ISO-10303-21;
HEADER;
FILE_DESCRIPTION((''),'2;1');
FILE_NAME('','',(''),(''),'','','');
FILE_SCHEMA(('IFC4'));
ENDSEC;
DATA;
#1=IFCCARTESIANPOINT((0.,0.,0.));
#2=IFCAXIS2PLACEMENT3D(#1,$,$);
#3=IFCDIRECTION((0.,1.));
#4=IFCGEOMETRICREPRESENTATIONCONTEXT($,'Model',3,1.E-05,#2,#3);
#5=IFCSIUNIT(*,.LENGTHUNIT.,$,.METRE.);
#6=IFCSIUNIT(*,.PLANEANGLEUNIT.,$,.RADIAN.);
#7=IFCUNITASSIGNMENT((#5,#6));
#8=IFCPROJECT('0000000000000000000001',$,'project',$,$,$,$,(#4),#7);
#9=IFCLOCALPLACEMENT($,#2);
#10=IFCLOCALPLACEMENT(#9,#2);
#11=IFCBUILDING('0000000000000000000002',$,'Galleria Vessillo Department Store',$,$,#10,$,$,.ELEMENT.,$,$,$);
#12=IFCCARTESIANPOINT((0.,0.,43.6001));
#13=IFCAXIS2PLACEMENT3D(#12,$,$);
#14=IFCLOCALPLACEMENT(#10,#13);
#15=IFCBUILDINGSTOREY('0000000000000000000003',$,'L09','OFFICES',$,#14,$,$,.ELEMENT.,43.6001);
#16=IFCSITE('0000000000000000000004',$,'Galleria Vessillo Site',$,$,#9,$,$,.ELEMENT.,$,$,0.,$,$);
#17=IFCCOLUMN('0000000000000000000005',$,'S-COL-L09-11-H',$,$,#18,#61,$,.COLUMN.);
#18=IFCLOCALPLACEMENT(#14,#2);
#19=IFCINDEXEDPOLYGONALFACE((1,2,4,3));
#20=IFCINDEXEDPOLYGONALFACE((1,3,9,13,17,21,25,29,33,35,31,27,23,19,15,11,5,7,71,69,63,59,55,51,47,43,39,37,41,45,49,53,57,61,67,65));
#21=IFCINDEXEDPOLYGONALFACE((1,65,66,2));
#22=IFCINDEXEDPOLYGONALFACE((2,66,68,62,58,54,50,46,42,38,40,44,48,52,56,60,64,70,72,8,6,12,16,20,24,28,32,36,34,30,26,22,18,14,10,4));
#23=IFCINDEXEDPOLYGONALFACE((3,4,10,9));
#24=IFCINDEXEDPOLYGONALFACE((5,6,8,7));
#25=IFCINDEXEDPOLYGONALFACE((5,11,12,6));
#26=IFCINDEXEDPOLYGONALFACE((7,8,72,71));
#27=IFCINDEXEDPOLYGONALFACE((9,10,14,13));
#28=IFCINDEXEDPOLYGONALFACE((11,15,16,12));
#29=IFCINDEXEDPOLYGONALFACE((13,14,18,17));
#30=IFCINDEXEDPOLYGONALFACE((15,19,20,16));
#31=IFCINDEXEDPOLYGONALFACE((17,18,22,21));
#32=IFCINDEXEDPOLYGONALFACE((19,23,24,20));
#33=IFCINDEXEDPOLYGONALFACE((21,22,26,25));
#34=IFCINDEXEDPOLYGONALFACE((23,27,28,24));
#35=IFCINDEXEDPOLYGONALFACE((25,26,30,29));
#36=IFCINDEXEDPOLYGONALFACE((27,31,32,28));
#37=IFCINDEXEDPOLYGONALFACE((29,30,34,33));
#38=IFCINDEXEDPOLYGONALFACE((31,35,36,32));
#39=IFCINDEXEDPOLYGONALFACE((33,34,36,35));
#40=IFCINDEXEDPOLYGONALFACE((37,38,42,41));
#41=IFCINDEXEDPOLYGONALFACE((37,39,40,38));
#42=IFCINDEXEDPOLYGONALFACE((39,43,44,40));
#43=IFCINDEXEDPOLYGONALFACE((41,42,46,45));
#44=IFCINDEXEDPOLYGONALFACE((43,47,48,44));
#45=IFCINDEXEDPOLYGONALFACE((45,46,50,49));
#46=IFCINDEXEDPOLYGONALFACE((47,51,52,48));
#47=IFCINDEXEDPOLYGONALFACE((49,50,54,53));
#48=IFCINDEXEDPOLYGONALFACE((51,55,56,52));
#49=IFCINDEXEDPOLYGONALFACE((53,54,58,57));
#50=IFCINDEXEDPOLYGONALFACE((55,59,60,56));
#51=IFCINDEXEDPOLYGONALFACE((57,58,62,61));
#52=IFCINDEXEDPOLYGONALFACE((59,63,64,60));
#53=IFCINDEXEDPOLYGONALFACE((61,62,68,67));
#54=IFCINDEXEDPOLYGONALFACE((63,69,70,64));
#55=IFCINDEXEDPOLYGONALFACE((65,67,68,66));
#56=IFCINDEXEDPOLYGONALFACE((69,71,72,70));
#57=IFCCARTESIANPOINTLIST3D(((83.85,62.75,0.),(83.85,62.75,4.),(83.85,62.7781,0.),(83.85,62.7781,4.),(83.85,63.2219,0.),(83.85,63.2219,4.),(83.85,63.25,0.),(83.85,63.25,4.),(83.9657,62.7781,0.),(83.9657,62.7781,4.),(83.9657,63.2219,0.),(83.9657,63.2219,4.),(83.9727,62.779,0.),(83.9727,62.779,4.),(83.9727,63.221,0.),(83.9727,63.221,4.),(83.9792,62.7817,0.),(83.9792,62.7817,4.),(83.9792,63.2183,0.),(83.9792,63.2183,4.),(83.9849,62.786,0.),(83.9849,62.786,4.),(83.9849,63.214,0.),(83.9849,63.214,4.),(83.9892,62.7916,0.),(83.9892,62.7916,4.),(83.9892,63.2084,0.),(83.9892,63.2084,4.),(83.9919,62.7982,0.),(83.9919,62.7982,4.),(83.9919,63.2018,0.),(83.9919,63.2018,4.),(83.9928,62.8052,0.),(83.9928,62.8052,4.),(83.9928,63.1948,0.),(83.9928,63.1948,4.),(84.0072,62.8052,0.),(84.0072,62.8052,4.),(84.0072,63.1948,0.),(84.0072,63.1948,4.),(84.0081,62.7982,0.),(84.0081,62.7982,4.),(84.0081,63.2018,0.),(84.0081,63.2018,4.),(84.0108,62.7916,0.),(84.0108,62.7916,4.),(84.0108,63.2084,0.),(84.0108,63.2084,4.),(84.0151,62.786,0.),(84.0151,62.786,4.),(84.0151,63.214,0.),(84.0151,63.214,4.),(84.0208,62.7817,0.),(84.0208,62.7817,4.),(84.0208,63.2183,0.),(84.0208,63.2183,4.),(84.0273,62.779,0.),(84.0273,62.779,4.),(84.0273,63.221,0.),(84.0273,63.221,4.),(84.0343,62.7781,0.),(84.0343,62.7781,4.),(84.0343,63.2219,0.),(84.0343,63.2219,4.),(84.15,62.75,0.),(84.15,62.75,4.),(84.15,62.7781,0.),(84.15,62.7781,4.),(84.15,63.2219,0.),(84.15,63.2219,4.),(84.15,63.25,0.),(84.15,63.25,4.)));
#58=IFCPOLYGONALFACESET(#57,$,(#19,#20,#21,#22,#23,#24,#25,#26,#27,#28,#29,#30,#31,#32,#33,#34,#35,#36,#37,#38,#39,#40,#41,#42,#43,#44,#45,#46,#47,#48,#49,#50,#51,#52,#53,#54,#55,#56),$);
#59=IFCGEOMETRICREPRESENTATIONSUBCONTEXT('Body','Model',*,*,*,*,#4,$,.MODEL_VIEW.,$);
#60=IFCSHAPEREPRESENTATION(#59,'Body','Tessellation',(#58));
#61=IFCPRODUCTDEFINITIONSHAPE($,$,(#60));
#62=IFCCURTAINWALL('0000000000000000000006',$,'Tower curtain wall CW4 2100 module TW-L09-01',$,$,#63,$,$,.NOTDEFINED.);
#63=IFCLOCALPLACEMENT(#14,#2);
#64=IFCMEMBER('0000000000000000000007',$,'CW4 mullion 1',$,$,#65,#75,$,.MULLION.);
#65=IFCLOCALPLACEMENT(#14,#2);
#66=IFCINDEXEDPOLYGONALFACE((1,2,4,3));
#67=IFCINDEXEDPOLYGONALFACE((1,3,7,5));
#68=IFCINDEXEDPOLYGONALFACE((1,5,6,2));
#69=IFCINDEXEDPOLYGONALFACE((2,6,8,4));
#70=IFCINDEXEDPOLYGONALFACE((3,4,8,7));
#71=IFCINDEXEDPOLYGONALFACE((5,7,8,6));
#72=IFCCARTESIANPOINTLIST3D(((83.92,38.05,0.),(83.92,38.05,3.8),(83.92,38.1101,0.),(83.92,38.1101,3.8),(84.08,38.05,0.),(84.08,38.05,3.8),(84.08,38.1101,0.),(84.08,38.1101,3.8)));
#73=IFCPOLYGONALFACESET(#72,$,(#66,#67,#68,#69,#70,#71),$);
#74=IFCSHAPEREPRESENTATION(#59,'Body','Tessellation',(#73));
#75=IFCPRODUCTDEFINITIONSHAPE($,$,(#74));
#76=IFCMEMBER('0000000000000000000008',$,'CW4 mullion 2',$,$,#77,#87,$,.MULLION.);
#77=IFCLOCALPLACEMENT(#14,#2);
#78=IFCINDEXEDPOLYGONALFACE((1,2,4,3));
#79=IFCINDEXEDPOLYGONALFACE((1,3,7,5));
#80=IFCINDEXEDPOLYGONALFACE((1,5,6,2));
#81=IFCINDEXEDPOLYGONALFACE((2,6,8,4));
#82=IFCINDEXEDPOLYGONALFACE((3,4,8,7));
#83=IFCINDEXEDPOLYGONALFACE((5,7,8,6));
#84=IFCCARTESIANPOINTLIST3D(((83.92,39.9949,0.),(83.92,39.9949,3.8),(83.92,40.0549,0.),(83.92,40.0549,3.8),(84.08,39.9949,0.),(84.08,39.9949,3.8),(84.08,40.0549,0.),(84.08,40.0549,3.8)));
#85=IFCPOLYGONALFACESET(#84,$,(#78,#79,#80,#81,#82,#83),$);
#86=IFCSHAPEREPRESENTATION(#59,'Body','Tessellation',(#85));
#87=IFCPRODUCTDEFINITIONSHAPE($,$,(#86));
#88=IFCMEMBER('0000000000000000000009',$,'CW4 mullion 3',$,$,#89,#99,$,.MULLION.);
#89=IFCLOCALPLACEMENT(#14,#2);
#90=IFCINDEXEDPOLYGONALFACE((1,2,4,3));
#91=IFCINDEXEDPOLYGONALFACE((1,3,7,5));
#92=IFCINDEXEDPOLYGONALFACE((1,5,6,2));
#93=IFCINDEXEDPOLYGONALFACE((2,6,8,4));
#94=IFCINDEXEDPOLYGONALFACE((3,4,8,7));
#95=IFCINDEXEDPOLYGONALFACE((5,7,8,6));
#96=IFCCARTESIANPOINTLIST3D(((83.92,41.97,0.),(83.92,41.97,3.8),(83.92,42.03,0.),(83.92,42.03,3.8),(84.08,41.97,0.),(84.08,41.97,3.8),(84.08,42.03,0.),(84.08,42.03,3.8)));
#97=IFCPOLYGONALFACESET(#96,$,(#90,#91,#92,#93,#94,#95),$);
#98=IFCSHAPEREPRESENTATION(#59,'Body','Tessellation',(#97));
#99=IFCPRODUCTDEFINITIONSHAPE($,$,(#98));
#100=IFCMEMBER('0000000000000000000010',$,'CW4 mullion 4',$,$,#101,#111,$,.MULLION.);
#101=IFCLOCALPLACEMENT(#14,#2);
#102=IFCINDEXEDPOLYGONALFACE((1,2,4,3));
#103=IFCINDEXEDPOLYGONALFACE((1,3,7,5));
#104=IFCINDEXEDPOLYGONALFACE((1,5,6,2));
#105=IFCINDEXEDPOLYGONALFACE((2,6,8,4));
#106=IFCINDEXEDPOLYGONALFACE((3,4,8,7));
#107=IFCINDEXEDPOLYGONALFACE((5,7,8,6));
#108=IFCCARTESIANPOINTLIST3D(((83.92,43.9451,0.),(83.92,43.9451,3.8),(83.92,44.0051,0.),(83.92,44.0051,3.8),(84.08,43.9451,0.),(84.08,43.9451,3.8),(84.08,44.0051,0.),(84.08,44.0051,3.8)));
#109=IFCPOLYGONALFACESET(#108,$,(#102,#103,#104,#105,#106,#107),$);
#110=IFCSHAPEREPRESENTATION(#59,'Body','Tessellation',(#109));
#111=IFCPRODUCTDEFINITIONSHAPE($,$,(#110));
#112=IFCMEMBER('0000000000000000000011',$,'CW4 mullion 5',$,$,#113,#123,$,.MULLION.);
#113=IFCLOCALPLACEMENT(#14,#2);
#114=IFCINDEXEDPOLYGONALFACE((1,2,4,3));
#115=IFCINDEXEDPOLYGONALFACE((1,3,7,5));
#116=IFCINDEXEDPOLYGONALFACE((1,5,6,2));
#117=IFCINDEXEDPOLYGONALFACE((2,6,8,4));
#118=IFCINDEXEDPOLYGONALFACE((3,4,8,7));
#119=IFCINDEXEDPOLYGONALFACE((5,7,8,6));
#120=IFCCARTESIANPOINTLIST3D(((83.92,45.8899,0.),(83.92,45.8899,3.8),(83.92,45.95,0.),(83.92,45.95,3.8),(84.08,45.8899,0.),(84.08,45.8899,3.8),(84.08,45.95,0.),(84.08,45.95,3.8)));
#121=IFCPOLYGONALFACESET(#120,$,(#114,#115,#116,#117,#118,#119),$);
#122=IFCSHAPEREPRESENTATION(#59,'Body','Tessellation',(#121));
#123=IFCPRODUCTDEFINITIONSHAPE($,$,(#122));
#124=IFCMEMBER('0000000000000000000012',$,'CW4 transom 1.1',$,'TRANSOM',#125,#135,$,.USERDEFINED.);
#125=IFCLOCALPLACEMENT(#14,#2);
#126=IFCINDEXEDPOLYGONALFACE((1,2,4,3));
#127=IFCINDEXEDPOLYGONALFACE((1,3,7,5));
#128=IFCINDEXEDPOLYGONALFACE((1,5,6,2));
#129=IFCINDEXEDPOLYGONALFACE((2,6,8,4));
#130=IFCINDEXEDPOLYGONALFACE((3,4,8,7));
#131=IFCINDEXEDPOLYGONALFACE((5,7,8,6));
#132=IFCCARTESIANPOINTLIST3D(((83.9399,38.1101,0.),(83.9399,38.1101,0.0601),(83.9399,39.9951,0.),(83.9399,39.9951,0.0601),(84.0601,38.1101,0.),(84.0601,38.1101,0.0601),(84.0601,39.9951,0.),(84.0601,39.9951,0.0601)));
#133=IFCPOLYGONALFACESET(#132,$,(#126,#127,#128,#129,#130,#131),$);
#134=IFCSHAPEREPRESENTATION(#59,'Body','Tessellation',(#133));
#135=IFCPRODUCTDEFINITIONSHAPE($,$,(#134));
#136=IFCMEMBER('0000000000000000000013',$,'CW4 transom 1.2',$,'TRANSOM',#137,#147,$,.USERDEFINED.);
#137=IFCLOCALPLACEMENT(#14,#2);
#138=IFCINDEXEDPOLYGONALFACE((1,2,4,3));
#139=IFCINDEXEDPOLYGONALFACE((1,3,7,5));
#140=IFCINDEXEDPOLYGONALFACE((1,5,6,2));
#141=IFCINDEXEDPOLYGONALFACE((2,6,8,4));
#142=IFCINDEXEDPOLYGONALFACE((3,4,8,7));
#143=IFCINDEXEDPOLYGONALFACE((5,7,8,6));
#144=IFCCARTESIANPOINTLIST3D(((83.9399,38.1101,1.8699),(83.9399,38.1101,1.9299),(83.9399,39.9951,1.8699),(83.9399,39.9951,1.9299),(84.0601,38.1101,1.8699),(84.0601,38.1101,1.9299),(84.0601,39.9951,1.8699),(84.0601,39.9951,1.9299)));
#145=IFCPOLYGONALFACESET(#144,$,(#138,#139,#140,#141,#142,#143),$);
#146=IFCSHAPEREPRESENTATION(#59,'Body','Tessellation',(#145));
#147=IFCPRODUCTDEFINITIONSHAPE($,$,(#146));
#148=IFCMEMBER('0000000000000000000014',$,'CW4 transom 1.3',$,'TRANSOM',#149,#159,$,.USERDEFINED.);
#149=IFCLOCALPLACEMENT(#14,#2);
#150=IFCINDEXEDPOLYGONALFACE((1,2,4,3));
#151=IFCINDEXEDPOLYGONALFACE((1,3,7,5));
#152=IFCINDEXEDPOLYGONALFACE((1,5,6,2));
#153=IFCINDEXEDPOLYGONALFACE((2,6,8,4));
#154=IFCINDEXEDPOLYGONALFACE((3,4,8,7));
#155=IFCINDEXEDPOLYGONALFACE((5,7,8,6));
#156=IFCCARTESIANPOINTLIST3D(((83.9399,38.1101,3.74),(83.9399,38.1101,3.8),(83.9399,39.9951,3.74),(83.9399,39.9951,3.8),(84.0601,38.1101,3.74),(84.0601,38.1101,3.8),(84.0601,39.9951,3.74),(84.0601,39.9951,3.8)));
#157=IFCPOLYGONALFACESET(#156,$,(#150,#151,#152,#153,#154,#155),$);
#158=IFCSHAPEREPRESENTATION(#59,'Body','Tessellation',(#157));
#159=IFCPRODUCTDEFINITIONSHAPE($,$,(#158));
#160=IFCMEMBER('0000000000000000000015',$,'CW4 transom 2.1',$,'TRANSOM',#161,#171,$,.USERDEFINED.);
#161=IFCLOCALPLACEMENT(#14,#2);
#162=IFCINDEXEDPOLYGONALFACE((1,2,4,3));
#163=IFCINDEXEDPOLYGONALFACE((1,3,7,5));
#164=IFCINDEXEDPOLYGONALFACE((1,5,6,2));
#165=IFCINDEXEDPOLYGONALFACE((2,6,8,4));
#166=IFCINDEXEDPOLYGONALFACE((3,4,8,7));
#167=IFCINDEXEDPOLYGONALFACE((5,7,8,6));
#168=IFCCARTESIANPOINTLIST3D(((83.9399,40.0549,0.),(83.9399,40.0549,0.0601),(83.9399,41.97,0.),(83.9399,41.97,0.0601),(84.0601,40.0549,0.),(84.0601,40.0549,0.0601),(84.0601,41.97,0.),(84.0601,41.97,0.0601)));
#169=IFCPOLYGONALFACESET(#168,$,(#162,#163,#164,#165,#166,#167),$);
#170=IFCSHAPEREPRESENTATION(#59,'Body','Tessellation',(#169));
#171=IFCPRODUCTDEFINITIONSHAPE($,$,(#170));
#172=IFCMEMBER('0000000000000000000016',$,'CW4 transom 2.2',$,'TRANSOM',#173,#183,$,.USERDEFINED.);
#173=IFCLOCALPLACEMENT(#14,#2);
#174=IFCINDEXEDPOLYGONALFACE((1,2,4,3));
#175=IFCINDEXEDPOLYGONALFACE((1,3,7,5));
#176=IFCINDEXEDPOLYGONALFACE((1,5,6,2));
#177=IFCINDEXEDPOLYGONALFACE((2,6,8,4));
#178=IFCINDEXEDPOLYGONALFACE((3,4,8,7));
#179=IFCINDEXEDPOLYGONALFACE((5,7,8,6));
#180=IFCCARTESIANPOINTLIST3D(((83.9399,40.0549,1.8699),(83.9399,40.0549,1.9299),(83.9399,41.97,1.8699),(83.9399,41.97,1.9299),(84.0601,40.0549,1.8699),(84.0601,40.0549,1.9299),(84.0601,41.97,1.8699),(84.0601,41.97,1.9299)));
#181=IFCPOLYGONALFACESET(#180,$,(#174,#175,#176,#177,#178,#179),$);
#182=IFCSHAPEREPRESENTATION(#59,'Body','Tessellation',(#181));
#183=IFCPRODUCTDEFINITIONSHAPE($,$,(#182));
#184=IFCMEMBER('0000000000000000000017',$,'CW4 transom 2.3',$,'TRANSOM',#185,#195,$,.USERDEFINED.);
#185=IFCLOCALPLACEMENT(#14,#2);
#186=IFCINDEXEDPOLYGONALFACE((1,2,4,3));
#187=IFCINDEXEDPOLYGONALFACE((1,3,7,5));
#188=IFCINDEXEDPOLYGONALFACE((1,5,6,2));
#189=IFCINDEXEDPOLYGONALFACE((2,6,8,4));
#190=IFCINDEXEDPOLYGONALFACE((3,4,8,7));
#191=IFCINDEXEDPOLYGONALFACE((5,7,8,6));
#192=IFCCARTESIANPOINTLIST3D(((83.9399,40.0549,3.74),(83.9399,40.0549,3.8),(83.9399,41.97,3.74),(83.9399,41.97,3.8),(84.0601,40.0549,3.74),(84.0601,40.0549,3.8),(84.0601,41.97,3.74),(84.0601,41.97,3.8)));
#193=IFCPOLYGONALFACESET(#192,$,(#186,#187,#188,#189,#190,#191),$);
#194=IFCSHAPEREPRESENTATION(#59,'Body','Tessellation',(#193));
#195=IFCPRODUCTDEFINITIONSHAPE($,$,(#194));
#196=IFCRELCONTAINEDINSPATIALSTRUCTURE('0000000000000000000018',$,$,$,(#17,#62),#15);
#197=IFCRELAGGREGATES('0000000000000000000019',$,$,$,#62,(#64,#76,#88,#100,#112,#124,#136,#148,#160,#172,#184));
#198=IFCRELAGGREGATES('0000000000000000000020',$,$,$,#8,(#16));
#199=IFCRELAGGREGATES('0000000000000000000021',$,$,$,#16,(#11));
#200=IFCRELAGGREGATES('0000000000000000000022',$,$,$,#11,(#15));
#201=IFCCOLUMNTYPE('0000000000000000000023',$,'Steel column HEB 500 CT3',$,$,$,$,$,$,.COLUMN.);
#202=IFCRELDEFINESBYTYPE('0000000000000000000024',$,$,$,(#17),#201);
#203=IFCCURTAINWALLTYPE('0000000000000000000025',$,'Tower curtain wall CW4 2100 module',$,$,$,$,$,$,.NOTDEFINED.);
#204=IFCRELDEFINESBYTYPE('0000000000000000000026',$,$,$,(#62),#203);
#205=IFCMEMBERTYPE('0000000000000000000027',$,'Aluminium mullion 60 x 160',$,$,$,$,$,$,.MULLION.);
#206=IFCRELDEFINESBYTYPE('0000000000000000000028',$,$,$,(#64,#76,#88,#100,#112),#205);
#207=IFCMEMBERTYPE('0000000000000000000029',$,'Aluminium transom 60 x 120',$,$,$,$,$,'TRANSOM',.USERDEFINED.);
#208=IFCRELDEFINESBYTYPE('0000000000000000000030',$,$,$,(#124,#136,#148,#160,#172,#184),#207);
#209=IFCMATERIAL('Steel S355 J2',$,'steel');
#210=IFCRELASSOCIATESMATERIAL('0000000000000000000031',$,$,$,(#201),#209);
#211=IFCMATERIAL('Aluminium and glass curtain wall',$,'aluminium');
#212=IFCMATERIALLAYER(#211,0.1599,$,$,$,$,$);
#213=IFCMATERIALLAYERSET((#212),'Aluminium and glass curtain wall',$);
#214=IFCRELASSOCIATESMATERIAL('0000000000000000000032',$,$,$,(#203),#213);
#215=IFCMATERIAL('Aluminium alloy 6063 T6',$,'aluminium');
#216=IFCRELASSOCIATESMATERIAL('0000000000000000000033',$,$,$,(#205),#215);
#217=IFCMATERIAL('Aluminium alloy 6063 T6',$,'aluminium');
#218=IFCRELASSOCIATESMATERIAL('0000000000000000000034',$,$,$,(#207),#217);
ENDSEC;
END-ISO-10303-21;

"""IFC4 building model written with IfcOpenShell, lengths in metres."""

from ifc_helpers import new_model, si_unit, direction, frame, origin, origin_2d, place, context, subcontext, project, spatial, rectangle, i_section, extrude, material, layer, layer_set, material_profile, profile_set, type_object, element, aggregate, save


model = new_model("IFC4")

# Units and contexts
model_context = context("Model", 3, precision=1e-05, world=origin(), true_north=direction((0.0, 1.0)))
body_context = subcontext(model_context, "Body", "Model", "MODEL_VIEW")
ifc_project = project(units=[si_unit("LENGTHUNIT", "METRE"), si_unit("PLANEANGLEUNIT", "RADIAN")], contexts=[model_context])

# Site, building, storey
site_placement = place(None, origin())
site = spatial("IfcSite", under=ifc_project, at=site_placement, Name="Galleria Vessillo Site", CompositionType="ELEMENT", RefElevation=0.0)
building_placement = place(site_placement, origin())
building = spatial("IfcBuilding", under=site, at=building_placement, Name="Galleria Vessillo Department Store", CompositionType="ELEMENT")
storey_placement = place(building_placement, frame((0.0, 0.0, 43.6001)))
storey = spatial("IfcBuildingStorey", under=building, at=storey_placement, Name="L09", Description="OFFICES", CompositionType="ELEMENT", Elevation=43.6001)

# Column
ifc_material_1 = material(Name="Steel S355 J2", Category="steel")
ifc_material_profile_1 = material_profile(ifc_material_1, i_section(OverallWidth=0.3, OverallDepth=0.5, WebThickness=0.0144, FlangeThickness=0.0281, FilletRadius=0.0271, at=origin_2d()), Name="HEB 500")
ifc_profile_set_1 = profile_set([ifc_material_profile_1], Name="Steel S355 J2")
column_type = type_object("IfcColumnType", Name="Steel column HEB 500 CT3", PredefinedType="COLUMN", material=ifc_profile_set_1)
column_placement = place(storey_placement, frame((84.0, 63.0, 0.0), z_axis=(0.0, 0.0, 1.0), x_axis=(1.0, 0.0, 0.0)))
element("IfcColumn", 1, at=column_placement, inside=storey, type_object=column_type, Name="S-COL-L09-11-H", PredefinedType="COLUMN", context=body_context, shape_type="SweptSolid", body=[
    extrude(i_section(OverallWidth=0.3, OverallDepth=0.5, WebThickness=0.0144, FlangeThickness=0.0281, FilletRadius=0.0271, at=origin_2d()), origin(), (0.0, 0.0, 1.0), 4.0),
])

# Curtain wall, members
ifc_material_2 = material(Name="Aluminium and glass curtain wall", Category="aluminium")
ifc_layer_1 = layer(ifc_material_2, 0.1599)
ifc_layer_set_1 = layer_set([ifc_layer_1], Name="Aluminium and glass curtain wall")
curtain_wall_type = type_object("IfcCurtainWallType", Name="Tower curtain wall CW4 2100 module", PredefinedType="NOTDEFINED", material=ifc_layer_set_1)
curtain_wall_placement = place(storey_placement, origin())
curtain_wall = element("IfcCurtainWall", 2, at=curtain_wall_placement, inside=storey, type_object=curtain_wall_type, Name="Tower curtain wall CW4 2100 module TW-L09-01", PredefinedType="NOTDEFINED")
ifc_material_3 = material(Name="Aluminium alloy 6063 T6", Category="aluminium")
ifc_material_profile_2 = material_profile(ifc_material_3, rectangle(XDim=0.1599, YDim=0.0601, at=origin_2d()), Name="AL 60x160")
ifc_profile_set_2 = profile_set([ifc_material_profile_2], Name="Aluminium alloy 6063 T6")
member_type_1 = type_object("IfcMemberType", Name="Aluminium mullion 60 x 160", PredefinedType="MULLION", material=ifc_profile_set_2)
member_1_placement = place(storey_placement, frame((84.0, 38.0801, 0.0), z_axis=(0.0, 0.0, 1.0), x_axis=(-1.0, 0.0, 0.0)))
member_1 = element("IfcMember", 3, at=member_1_placement, type_object=member_type_1, Name="CW4 mullion 1", PredefinedType="MULLION", context=body_context, shape_type="SweptSolid", body=[
    extrude(rectangle(XDim=0.1599, YDim=0.0601, at=origin_2d()), origin(), (0.0, 0.0, 1.0), 3.8),
])
member_2_placement = place(storey_placement, frame((84.0, 40.0249, 0.0), z_axis=(0.0, 0.0, 1.0), x_axis=(-1.0, 0.0, 0.0)))
member_2 = element("IfcMember", 4, at=member_2_placement, type_object=member_type_1, Name="CW4 mullion 2", PredefinedType="MULLION", context=body_context, shape_type="SweptSolid", body=[
    extrude(rectangle(XDim=0.1599, YDim=0.0601, at=origin_2d()), origin(), (0.0, 0.0, 1.0), 3.8),
])
member_3_placement = place(storey_placement, frame((84.0, 42.0, 0.0), z_axis=(0.0, 0.0, 1.0), x_axis=(-1.0, 0.0, 0.0)))
member_3 = element("IfcMember", 5, at=member_3_placement, type_object=member_type_1, Name="CW4 mullion 3", PredefinedType="MULLION", context=body_context, shape_type="SweptSolid", body=[
    extrude(rectangle(XDim=0.1599, YDim=0.0601, at=origin_2d()), origin(), (0.0, 0.0, 1.0), 3.8),
])
member_4_placement = place(storey_placement, frame((84.0, 43.9751, 0.0), z_axis=(0.0, 0.0, 1.0), x_axis=(-1.0, 0.0, 0.0)))
member_4 = element("IfcMember", 6, at=member_4_placement, type_object=member_type_1, Name="CW4 mullion 4", PredefinedType="MULLION", context=body_context, shape_type="SweptSolid", body=[
    extrude(rectangle(XDim=0.1599, YDim=0.0601, at=origin_2d()), origin(), (0.0, 0.0, 1.0), 3.8),
])
member_5_placement = place(storey_placement, frame((84.0, 45.9199, 0.0), z_axis=(0.0, 0.0, 1.0), x_axis=(-1.0, 0.0, 0.0)))
member_5 = element("IfcMember", 7, at=member_5_placement, type_object=member_type_1, Name="CW4 mullion 5", PredefinedType="MULLION", context=body_context, shape_type="SweptSolid", body=[
    extrude(rectangle(XDim=0.1599, YDim=0.0601, at=origin_2d()), origin(), (0.0, 0.0, 1.0), 3.8),
])
ifc_material_4 = material(Name="Aluminium alloy 6063 T6", Category="aluminium")
ifc_material_profile_3 = material_profile(ifc_material_4, rectangle(XDim=0.1201, YDim=0.0601, at=origin_2d()), Name="AL 60x120")
ifc_profile_set_3 = profile_set([ifc_material_profile_3], Name="Aluminium alloy 6063 T6")
member_type_2 = type_object("IfcMemberType", Name="Aluminium transom 60 x 120", ElementType="TRANSOM", PredefinedType="USERDEFINED", material=ifc_profile_set_3)
member_6_placement = place(storey_placement, frame((84.0, 38.1101, 0.03), z_axis=(0.0, 1.0, 0.0), x_axis=(-1.0, 0.0, 0.0)))
member_6 = element("IfcMember", 8, at=member_6_placement, type_object=member_type_2, Name="CW4 transom 1.1", ObjectType="TRANSOM", PredefinedType="USERDEFINED", context=body_context, shape_type="SweptSolid", body=[
    extrude(rectangle(XDim=0.1201, YDim=0.0601, at=origin_2d()), origin(), (0.0, 0.0, 1.0), 1.885),
])
member_7_placement = place(storey_placement, frame((84.0, 38.1101, 1.8999), z_axis=(0.0, 1.0, 0.0), x_axis=(-1.0, 0.0, 0.0)))
member_7 = element("IfcMember", 9, at=member_7_placement, type_object=member_type_2, Name="CW4 transom 1.2", ObjectType="TRANSOM", PredefinedType="USERDEFINED", context=body_context, shape_type="SweptSolid", body=[
    extrude(rectangle(XDim=0.1201, YDim=0.0601, at=origin_2d()), origin(), (0.0, 0.0, 1.0), 1.885),
])
member_8_placement = place(storey_placement, frame((84.0, 38.1101, 3.77), z_axis=(0.0, 1.0, 0.0), x_axis=(-1.0, 0.0, 0.0)))
member_8 = element("IfcMember", 10, at=member_8_placement, type_object=member_type_2, Name="CW4 transom 1.3", ObjectType="TRANSOM", PredefinedType="USERDEFINED", context=body_context, shape_type="SweptSolid", body=[
    extrude(rectangle(XDim=0.1201, YDim=0.0601, at=origin_2d()), origin(), (0.0, 0.0, 1.0), 1.885),
])
member_9_placement = place(storey_placement, frame((84.0, 40.0549, 0.03), z_axis=(0.0, 1.0, 0.0), x_axis=(-1.0, 0.0, 0.0)))
member_9 = element("IfcMember", 11, at=member_9_placement, type_object=member_type_2, Name="CW4 transom 2.1", ObjectType="TRANSOM", PredefinedType="USERDEFINED", context=body_context, shape_type="SweptSolid", body=[
    extrude(rectangle(XDim=0.1201, YDim=0.0601, at=origin_2d()), origin(), (0.0, 0.0, 1.0), 1.915),
])
member_10_placement = place(storey_placement, frame((84.0, 40.0549, 1.8999), z_axis=(0.0, 1.0, 0.0), x_axis=(-1.0, 0.0, 0.0)))
member_10 = element("IfcMember", 12, at=member_10_placement, type_object=member_type_2, Name="CW4 transom 2.2", ObjectType="TRANSOM", PredefinedType="USERDEFINED", context=body_context, shape_type="SweptSolid", body=[
    extrude(rectangle(XDim=0.1201, YDim=0.0601, at=origin_2d()), origin(), (0.0, 0.0, 1.0), 1.915),
])
member_11_placement = place(storey_placement, frame((84.0, 40.0549, 3.77), z_axis=(0.0, 1.0, 0.0), x_axis=(-1.0, 0.0, 0.0)))
member_11 = element("IfcMember", 13, at=member_11_placement, type_object=member_type_2, Name="CW4 transom 2.3", ObjectType="TRANSOM", PredefinedType="USERDEFINED", context=body_context, shape_type="SweptSolid", body=[
    extrude(rectangle(XDim=0.1201, YDim=0.0601, at=origin_2d()), origin(), (0.0, 0.0, 1.0), 1.915),
])

aggregate(curtain_wall, [member_1, member_2, member_3, member_4, member_5, member_6, member_7, member_8, member_9, member_10, member_11])

save(model, "model.ifc")
